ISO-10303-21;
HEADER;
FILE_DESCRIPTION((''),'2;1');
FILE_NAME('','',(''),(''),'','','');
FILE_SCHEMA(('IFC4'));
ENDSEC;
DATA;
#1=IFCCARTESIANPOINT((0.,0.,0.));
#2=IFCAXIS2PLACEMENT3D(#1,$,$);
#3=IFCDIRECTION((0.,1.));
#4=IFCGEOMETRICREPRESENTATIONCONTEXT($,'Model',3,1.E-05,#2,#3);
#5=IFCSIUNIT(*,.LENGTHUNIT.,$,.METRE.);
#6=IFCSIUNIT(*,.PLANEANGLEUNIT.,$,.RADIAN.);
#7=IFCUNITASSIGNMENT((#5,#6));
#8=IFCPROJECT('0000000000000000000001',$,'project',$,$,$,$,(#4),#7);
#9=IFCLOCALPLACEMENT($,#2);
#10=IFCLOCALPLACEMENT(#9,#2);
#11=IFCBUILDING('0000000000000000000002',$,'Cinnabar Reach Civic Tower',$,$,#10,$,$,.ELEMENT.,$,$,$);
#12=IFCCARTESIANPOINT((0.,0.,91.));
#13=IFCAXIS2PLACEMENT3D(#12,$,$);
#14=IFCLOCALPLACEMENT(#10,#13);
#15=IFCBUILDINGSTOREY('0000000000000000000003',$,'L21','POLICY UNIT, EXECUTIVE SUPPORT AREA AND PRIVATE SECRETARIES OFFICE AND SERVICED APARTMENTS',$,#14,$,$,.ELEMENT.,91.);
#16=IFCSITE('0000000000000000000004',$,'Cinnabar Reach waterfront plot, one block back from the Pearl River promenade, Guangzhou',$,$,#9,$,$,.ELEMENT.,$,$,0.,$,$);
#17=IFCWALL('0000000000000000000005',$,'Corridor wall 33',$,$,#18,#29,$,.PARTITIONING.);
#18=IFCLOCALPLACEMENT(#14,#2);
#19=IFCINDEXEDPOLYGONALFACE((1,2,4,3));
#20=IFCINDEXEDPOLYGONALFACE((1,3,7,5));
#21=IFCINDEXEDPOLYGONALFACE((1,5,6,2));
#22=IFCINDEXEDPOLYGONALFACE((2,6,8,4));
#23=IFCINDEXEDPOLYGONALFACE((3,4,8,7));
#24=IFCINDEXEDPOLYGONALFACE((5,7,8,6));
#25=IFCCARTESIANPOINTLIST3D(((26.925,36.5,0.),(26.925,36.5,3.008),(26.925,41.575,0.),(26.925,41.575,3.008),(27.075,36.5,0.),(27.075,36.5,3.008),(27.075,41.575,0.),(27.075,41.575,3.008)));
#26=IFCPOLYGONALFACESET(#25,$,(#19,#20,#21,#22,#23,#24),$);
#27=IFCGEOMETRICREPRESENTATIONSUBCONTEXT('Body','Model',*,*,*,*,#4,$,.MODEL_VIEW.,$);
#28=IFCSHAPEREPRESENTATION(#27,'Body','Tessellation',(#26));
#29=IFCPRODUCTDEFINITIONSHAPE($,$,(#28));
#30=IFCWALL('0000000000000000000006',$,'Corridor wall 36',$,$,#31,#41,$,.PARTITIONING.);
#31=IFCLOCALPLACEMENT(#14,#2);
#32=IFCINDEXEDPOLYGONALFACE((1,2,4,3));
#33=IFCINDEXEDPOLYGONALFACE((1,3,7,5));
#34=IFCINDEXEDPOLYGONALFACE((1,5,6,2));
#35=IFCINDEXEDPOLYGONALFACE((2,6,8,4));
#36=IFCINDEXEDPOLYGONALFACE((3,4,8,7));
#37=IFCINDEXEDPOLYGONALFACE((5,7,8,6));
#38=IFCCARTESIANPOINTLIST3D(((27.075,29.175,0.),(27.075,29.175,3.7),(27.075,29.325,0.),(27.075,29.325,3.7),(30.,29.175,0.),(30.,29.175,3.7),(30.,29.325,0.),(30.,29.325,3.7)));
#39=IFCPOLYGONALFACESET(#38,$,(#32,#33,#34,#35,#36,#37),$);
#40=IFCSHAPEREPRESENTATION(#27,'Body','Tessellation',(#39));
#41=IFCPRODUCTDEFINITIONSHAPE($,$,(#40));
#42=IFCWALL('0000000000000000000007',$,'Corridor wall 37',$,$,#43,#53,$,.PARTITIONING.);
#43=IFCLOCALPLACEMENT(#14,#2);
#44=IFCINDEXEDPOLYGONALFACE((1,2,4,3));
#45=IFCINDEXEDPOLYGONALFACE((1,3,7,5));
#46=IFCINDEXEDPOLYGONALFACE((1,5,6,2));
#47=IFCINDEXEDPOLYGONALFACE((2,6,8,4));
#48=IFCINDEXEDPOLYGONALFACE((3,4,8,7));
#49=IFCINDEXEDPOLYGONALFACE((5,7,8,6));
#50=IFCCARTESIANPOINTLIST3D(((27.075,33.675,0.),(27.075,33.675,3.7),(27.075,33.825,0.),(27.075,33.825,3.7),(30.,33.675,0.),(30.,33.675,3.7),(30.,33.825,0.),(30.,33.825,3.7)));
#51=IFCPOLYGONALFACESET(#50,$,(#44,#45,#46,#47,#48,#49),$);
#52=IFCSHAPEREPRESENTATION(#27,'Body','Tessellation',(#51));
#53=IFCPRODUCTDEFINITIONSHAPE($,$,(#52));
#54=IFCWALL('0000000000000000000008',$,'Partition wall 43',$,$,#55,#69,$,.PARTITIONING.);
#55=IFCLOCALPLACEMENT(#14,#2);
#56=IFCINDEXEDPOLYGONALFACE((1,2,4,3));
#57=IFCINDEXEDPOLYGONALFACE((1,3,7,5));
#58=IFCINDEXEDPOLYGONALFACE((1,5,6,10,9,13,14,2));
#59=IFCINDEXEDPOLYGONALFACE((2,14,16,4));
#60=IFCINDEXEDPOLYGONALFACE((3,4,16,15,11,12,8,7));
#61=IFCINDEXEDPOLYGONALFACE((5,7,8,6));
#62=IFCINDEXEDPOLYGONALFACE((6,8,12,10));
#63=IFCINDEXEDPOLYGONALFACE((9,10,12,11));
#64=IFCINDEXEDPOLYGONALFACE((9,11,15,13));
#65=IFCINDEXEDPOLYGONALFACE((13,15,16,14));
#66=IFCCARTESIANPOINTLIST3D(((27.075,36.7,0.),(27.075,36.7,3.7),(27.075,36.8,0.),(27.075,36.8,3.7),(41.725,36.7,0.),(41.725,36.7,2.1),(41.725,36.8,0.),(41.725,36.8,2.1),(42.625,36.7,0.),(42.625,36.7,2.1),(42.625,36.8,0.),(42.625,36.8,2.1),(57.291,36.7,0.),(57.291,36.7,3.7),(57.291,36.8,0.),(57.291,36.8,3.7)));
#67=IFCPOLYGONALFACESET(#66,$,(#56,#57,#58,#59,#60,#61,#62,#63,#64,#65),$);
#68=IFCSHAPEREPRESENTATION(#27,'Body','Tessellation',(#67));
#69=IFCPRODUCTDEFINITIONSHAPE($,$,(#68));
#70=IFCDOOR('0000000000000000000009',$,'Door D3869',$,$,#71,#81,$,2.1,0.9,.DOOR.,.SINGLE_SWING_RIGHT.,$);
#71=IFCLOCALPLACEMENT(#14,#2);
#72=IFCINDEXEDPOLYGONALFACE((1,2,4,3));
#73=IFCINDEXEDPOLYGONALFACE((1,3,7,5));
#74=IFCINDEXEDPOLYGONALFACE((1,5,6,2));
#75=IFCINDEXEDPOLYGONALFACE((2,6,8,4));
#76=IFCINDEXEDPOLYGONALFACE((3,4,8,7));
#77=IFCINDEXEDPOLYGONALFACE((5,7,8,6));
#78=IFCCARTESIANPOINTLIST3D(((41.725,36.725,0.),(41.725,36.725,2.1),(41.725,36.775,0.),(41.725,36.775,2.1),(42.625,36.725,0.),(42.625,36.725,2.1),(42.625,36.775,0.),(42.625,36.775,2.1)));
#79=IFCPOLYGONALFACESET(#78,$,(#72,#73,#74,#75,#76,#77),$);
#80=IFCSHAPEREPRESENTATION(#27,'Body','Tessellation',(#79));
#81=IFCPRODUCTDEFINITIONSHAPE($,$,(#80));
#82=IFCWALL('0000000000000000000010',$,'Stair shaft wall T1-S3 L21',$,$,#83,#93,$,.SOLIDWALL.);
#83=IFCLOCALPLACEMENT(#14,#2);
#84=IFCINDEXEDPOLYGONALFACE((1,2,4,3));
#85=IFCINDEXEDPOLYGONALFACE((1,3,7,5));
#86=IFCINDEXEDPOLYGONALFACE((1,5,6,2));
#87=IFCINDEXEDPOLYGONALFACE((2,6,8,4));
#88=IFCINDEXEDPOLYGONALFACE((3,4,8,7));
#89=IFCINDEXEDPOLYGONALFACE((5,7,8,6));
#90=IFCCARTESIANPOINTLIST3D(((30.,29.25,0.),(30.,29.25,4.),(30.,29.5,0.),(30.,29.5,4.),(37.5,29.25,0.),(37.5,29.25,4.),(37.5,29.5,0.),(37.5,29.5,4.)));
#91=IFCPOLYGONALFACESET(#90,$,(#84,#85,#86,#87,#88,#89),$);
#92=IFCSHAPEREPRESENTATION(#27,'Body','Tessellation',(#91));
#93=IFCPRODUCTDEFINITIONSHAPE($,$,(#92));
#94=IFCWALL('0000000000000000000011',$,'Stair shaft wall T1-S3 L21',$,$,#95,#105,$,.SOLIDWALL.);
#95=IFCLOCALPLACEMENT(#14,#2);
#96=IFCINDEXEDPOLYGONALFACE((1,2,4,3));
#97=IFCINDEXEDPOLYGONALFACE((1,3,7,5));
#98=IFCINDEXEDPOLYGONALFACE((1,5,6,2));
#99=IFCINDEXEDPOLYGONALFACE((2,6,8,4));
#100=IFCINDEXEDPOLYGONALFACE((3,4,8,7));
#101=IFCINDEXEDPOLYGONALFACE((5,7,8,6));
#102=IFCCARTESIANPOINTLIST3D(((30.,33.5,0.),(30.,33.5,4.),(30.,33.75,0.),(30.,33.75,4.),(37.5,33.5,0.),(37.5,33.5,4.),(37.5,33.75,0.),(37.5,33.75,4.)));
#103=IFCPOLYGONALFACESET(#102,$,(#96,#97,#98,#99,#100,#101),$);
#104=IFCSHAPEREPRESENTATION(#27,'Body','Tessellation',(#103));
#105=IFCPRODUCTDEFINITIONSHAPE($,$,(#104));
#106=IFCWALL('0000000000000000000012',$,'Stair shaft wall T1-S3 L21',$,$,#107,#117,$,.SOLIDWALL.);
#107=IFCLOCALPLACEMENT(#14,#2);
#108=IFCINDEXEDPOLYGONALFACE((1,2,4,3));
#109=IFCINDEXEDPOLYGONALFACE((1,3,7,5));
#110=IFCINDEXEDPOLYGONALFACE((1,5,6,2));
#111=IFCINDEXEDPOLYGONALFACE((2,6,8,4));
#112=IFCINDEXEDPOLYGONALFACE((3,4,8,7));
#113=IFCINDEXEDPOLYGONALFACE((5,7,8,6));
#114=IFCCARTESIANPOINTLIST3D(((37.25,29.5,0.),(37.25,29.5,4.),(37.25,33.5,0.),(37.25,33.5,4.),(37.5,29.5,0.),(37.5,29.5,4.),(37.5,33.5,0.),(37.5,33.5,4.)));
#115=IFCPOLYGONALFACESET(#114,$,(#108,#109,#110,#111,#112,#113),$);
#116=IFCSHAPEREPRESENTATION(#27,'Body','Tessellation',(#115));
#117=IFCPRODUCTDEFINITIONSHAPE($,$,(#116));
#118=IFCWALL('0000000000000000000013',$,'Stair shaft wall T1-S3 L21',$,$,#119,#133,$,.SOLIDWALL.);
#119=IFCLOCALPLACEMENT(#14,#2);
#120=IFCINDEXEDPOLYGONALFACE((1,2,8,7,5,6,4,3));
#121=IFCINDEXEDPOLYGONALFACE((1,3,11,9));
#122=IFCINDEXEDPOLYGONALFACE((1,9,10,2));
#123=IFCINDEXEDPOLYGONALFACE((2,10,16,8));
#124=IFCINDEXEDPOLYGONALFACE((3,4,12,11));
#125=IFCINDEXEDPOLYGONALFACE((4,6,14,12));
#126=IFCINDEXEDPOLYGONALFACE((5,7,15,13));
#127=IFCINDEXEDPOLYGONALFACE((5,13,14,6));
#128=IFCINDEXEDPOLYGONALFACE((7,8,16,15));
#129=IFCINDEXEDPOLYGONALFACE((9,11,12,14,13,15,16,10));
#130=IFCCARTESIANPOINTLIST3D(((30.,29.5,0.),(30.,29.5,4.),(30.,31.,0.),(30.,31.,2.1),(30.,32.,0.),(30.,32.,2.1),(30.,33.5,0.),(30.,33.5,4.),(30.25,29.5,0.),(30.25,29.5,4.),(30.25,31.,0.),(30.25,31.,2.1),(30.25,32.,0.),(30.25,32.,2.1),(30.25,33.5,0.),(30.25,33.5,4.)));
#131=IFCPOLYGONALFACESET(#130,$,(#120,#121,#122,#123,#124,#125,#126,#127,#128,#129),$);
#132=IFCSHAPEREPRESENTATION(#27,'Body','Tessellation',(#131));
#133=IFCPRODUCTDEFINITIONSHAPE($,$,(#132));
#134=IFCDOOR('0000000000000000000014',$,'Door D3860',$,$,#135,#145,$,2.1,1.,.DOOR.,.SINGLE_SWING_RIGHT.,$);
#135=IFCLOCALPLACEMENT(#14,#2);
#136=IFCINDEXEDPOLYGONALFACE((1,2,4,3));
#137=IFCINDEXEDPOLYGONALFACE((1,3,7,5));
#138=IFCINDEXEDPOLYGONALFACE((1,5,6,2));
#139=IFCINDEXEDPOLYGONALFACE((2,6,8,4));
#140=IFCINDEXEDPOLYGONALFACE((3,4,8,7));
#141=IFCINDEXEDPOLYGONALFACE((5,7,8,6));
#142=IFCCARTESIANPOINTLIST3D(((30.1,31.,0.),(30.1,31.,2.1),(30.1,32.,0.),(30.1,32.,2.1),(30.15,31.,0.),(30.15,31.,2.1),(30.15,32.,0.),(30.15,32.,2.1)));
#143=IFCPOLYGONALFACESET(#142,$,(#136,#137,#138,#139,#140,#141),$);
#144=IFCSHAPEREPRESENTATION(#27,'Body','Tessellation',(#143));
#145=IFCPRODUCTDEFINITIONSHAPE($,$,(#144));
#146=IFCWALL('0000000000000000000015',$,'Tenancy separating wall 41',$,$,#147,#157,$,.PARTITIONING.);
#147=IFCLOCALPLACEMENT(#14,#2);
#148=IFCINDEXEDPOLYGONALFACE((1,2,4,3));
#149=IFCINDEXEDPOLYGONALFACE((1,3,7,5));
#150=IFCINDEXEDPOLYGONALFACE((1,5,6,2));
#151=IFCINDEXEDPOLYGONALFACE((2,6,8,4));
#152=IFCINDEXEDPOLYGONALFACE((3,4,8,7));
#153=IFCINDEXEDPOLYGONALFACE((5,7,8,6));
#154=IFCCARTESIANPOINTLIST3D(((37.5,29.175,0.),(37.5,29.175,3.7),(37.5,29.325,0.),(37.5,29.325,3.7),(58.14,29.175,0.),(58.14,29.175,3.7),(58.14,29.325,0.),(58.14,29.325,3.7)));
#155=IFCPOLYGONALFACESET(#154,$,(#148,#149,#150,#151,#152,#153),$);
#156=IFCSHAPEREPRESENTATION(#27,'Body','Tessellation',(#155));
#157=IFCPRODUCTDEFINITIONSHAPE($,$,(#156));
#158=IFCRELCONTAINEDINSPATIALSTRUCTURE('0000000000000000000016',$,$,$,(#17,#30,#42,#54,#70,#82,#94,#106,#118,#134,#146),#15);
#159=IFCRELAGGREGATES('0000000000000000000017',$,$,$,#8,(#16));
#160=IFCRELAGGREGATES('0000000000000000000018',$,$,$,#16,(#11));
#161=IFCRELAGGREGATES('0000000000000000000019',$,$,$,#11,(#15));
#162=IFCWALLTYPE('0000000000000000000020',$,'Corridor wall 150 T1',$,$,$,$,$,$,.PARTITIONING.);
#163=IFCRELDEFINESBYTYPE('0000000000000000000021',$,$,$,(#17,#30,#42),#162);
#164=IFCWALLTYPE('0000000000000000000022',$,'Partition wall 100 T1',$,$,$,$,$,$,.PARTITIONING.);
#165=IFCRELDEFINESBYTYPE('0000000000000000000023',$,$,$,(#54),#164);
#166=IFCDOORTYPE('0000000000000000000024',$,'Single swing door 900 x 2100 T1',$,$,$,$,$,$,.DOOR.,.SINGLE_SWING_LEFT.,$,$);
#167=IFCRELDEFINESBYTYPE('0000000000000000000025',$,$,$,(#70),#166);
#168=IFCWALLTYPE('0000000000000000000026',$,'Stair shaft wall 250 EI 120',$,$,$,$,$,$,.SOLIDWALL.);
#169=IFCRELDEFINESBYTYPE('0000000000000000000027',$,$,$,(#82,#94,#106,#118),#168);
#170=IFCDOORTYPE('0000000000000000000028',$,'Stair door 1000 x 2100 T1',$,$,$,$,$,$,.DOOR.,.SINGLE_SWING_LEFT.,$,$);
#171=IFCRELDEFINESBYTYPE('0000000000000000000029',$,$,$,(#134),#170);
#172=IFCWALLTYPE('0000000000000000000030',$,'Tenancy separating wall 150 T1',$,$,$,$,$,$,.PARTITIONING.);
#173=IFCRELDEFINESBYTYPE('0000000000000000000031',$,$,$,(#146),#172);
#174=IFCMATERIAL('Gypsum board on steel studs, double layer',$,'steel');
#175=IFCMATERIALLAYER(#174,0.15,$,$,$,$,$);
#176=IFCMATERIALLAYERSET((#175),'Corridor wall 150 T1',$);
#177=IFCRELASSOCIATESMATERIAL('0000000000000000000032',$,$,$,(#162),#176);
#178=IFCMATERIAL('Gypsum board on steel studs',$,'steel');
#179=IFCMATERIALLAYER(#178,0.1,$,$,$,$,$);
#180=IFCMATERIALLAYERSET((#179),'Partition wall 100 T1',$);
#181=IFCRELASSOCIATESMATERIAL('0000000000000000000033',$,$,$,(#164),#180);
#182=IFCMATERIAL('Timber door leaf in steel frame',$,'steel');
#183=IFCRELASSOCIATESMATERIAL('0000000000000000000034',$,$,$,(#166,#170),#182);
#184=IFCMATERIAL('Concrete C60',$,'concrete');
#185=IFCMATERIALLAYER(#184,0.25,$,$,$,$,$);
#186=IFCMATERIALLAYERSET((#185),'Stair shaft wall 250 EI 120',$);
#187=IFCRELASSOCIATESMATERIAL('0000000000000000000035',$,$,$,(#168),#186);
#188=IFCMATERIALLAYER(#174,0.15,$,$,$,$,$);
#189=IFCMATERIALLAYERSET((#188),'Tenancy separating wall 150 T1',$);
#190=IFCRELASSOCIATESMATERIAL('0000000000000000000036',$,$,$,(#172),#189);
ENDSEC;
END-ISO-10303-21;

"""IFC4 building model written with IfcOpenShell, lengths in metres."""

from ifc_helpers import new_model, si_unit, direction, frame, frame_2d, origin, place, context, subcontext, project, spatial, rectangle, extrude, material, layer, layer_set, type_object, element, fill, save


model = new_model("IFC4")

# Units and contexts
model_context = context("Model", 3, precision=1e-05, world=origin(), true_north=direction((0.0, 1.0)))
body_context = subcontext(model_context, "Body", "Model", "MODEL_VIEW")
ifc_project = project(units=[si_unit("LENGTHUNIT", "METRE"), si_unit("PLANEANGLEUNIT", "RADIAN")], contexts=[model_context])

# Site, building, storey
site_placement = place(None, origin())
site = spatial("IfcSite", under=ifc_project, at=site_placement, Name="Cinnabar Reach waterfront plot, one block back from the Pearl River promenade, Guangzhou", CompositionType="ELEMENT", RefElevation=0.0)
building_placement = place(site_placement, origin())
building = spatial("IfcBuilding", under=site, at=building_placement, Name="Cinnabar Reach Civic Tower", CompositionType="ELEMENT")
storey_placement = place(building_placement, frame((0.0, 0.0, 91.0)))
storey = spatial("IfcBuildingStorey", under=building, at=storey_placement, Name="L21", Description="POLICY UNIT, EXECUTIVE SUPPORT AREA AND PRIVATE SECRETARIES OFFICE AND SERVICED APARTMENTS", CompositionType="ELEMENT", Elevation=91.0)

# Shared definitions
ifc_material_1 = material(Name="Gypsum board on steel studs, double layer", Category="steel")
ifc_layer_1 = layer(ifc_material_1, 0.15)
ifc_layer_set_1 = layer_set([ifc_layer_1], Name="Corridor wall 150 T1")
wall_type_1 = type_object("IfcWallType", Name="Corridor wall 150 T1", PredefinedType="PARTITIONING", material=ifc_layer_set_1)

# Shared definitions
ifc_material_2 = material(Name="Timber door leaf in steel frame", Category="steel")

# Walls
wall_1_placement = place(storey_placement, frame((27.0, 36.5, 0.0), z_axis=(0.0, 0.0, 1.0), x_axis=(0.0, 1.0, 0.0)))
element("IfcWall", 1, at=wall_1_placement, inside=storey, type_object=wall_type_1, Name="Corridor wall 33", PredefinedType="PARTITIONING", context=body_context, shape_type="SweptSolid", body=[
    extrude(rectangle(XDim=5.075, YDim=0.15, at=frame_2d((2.5375, 0.0))), origin(), (0.0, 0.0, 1.0), 3.008),
])
for number, where, z_axis, x_axis, name in (
    (2, (27.075, 29.25, 0.0), (0.0, 0.0, 1.0), (1.0, 0.0, 0.0), "Corridor wall 36"),
    (3, (27.075, 33.75, 0.0), (0.0, 0.0, 1.0), (1.0, 0.0, 0.0), "Corridor wall 37"),
):
    element("IfcWall", number, at=place(storey_placement, frame(where, z_axis=z_axis, x_axis=x_axis)), inside=storey, type_object=wall_type_1, Name=name, PredefinedType="PARTITIONING", context=body_context, shape_type="SweptSolid", body=[
        extrude(rectangle(XDim=2.925, YDim=0.15, at=frame_2d((1.4625, 0.0))), origin(), (0.0, 0.0, 1.0), 3.7),
    ])

# Wall, opening, door
ifc_material_3 = material(Name="Gypsum board on steel studs", Category="steel")
ifc_layer_2 = layer(ifc_material_3, 0.1)
ifc_layer_set_2 = layer_set([ifc_layer_2], Name="Partition wall 100 T1")
wall_type_2 = type_object("IfcWallType", Name="Partition wall 100 T1", PredefinedType="PARTITIONING", material=ifc_layer_set_2)
wall_2_placement = place(storey_placement, frame((27.075, 36.75, 0.0), z_axis=(0.0, 0.0, 1.0), x_axis=(1.0, 0.0, 0.0)))
wall_2 = element("IfcWall", 4, at=wall_2_placement, inside=storey, type_object=wall_type_2, Name="Partition wall 43", PredefinedType="PARTITIONING", context=body_context, shape_type="SweptSolid", body=[
    extrude(rectangle(XDim=30.2159, YDim=0.1, at=frame_2d((15.108, 0.0))), origin(), (0.0, 0.0, 1.0), 3.7),
])
opening_1_placement = place(wall_2_placement, frame((14.65, 0.0, 0.0)))
opening_1 = element("IfcOpeningElement", 5, at=opening_1_placement, cuts=wall_2, PredefinedType="OPENING", context=body_context, shape_type="SweptSolid", body=[
    extrude(rectangle(XDim=0.9, YDim=2.1, at=frame_2d((0.45, 1.05))), frame((0.0, 0.06, 0.0), z_axis=(0.0, -1.0, 0.0), x_axis=(1.0, 0.0, 0.0)), (0.0, 0.0, 1.0), 0.12),
])
door_type_1 = type_object("IfcDoorType", Name="Single swing door 900 x 2100 T1", OperationType="SINGLE_SWING_LEFT", PredefinedType="DOOR", material=ifc_material_2)
door_1_placement = place(opening_1_placement, origin())
door_1 = element("IfcDoor", 6, at=door_1_placement, inside=storey, type_object=door_type_1, Name="Door D3869", OperationType="SINGLE_SWING_RIGHT", OverallHeight=2.1, OverallWidth=0.9, PredefinedType="DOOR", context=body_context, shape_type="SweptSolid", body=[
    extrude(rectangle(XDim=0.9, YDim=2.1, at=frame_2d((0.45, 1.05))), frame((0.0, 0.025, 0.0), z_axis=(0.0, -1.0, 0.0), x_axis=(1.0, 0.0, 0.0)), (0.0, 0.0, 1.0), 0.05),
])
fill(opening_1, door_1)

# Walls
ifc_material_4 = material(Name="Concrete C60", Category="concrete")
ifc_layer_3 = layer(ifc_material_4, 0.25)
ifc_layer_set_3 = layer_set([ifc_layer_3], Name="Stair shaft wall 250 EI 120")
wall_type_3 = type_object("IfcWallType", Name="Stair shaft wall 250 EI 120", PredefinedType="SOLIDWALL", material=ifc_layer_set_3)
for number, where, z_axis, x_axis, name in (
    (7, (30.0, 29.375, 0.0), (0.0, 0.0, 1.0), (1.0, 0.0, 0.0), "Stair shaft wall T1-S3 L21"),
    (8, (37.5, 33.625, 0.0), (0.0, 0.0, 1.0), (-1.0, 0.0, 0.0), "Stair shaft wall T1-S3 L21"),
):
    element("IfcWall", number, at=place(storey_placement, frame(where, z_axis=z_axis, x_axis=x_axis)), inside=storey, type_object=wall_type_3, Name=name, PredefinedType="SOLIDWALL", context=body_context, shape_type="SweptSolid", body=[
        extrude(rectangle(XDim=7.5, YDim=0.25, at=frame_2d((3.75, 0.0))), origin(), (0.0, 0.0, 1.0), 4.0),
    ])
wall_3_placement = place(storey_placement, frame((37.375, 29.5, 0.0), z_axis=(0.0, 0.0, 1.0), x_axis=(0.0, 1.0, 0.0)))
element("IfcWall", 9, at=wall_3_placement, inside=storey, type_object=wall_type_3, Name="Stair shaft wall T1-S3 L21", PredefinedType="SOLIDWALL", context=body_context, shape_type="SweptSolid", body=[
    extrude(rectangle(XDim=4.0, YDim=0.25, at=frame_2d((2.0, 0.0))), origin(), (0.0, 0.0, 1.0), 4.0),
])

# Wall, opening, door
wall_4_placement = place(storey_placement, frame((30.125, 33.5, 0.0), z_axis=(0.0, 0.0, 1.0), x_axis=(0.0, -1.0, 0.0)))
wall_4 = element("IfcWall", 10, at=wall_4_placement, inside=storey, type_object=wall_type_3, Name="Stair shaft wall T1-S3 L21", PredefinedType="SOLIDWALL", context=body_context, shape_type="SweptSolid", body=[
    extrude(rectangle(XDim=4.0, YDim=0.25, at=frame_2d((2.0, 0.0))), origin(), (0.0, 0.0, 1.0), 4.0),
])
opening_2_placement = place(wall_4_placement, frame((1.5, 0.0, 0.0)))
opening_2 = element("IfcOpeningElement", 11, at=opening_2_placement, cuts=wall_4, PredefinedType="OPENING", context=body_context, shape_type="SweptSolid", body=[
    extrude(rectangle(XDim=1.0, YDim=2.1, at=frame_2d((0.5, 1.05))), frame((0.0, 0.135, 0.0), z_axis=(0.0, -1.0, 0.0), x_axis=(1.0, 0.0, 0.0)), (0.0, 0.0, 1.0), 0.27),
])
door_type_2 = type_object("IfcDoorType", Name="Stair door 1000 x 2100 T1", OperationType="SINGLE_SWING_LEFT", PredefinedType="DOOR", material=ifc_material_2)
door_2_placement = place(opening_2_placement, origin())
door_2 = element("IfcDoor", 12, at=door_2_placement, inside=storey, type_object=door_type_2, Name="Door D3860", OperationType="SINGLE_SWING_RIGHT", OverallHeight=2.1, OverallWidth=1.0, PredefinedType="DOOR", context=body_context, shape_type="SweptSolid", body=[
    extrude(rectangle(XDim=1.0, YDim=2.1, at=frame_2d((0.5, 1.05))), frame((0.0, 0.025, 0.0), z_axis=(0.0, -1.0, 0.0), x_axis=(1.0, 0.0, 0.0)), (0.0, 0.0, 1.0), 0.05),
])
fill(opening_2, door_2)

# Wall
ifc_layer_4 = layer(ifc_material_1, 0.15)
ifc_layer_set_4 = layer_set([ifc_layer_4], Name="Tenancy separating wall 150 T1")
wall_type_4 = type_object("IfcWallType", Name="Tenancy separating wall 150 T1", PredefinedType="PARTITIONING", material=ifc_layer_set_4)
wall_5_placement = place(storey_placement, frame((37.5, 29.25, 0.0), z_axis=(0.0, 0.0, 1.0), x_axis=(1.0, 0.0, 0.0)))
element("IfcWall", 13, at=wall_5_placement, inside=storey, type_object=wall_type_4, Name="Tenancy separating wall 41", PredefinedType="PARTITIONING", context=body_context, shape_type="SweptSolid", body=[
    extrude(rectangle(XDim=20.64, YDim=0.15, at=frame_2d((10.32, 0.0))), origin(), (0.0, 0.0, 1.0), 3.7),
])

save(model, "model.ifc")
